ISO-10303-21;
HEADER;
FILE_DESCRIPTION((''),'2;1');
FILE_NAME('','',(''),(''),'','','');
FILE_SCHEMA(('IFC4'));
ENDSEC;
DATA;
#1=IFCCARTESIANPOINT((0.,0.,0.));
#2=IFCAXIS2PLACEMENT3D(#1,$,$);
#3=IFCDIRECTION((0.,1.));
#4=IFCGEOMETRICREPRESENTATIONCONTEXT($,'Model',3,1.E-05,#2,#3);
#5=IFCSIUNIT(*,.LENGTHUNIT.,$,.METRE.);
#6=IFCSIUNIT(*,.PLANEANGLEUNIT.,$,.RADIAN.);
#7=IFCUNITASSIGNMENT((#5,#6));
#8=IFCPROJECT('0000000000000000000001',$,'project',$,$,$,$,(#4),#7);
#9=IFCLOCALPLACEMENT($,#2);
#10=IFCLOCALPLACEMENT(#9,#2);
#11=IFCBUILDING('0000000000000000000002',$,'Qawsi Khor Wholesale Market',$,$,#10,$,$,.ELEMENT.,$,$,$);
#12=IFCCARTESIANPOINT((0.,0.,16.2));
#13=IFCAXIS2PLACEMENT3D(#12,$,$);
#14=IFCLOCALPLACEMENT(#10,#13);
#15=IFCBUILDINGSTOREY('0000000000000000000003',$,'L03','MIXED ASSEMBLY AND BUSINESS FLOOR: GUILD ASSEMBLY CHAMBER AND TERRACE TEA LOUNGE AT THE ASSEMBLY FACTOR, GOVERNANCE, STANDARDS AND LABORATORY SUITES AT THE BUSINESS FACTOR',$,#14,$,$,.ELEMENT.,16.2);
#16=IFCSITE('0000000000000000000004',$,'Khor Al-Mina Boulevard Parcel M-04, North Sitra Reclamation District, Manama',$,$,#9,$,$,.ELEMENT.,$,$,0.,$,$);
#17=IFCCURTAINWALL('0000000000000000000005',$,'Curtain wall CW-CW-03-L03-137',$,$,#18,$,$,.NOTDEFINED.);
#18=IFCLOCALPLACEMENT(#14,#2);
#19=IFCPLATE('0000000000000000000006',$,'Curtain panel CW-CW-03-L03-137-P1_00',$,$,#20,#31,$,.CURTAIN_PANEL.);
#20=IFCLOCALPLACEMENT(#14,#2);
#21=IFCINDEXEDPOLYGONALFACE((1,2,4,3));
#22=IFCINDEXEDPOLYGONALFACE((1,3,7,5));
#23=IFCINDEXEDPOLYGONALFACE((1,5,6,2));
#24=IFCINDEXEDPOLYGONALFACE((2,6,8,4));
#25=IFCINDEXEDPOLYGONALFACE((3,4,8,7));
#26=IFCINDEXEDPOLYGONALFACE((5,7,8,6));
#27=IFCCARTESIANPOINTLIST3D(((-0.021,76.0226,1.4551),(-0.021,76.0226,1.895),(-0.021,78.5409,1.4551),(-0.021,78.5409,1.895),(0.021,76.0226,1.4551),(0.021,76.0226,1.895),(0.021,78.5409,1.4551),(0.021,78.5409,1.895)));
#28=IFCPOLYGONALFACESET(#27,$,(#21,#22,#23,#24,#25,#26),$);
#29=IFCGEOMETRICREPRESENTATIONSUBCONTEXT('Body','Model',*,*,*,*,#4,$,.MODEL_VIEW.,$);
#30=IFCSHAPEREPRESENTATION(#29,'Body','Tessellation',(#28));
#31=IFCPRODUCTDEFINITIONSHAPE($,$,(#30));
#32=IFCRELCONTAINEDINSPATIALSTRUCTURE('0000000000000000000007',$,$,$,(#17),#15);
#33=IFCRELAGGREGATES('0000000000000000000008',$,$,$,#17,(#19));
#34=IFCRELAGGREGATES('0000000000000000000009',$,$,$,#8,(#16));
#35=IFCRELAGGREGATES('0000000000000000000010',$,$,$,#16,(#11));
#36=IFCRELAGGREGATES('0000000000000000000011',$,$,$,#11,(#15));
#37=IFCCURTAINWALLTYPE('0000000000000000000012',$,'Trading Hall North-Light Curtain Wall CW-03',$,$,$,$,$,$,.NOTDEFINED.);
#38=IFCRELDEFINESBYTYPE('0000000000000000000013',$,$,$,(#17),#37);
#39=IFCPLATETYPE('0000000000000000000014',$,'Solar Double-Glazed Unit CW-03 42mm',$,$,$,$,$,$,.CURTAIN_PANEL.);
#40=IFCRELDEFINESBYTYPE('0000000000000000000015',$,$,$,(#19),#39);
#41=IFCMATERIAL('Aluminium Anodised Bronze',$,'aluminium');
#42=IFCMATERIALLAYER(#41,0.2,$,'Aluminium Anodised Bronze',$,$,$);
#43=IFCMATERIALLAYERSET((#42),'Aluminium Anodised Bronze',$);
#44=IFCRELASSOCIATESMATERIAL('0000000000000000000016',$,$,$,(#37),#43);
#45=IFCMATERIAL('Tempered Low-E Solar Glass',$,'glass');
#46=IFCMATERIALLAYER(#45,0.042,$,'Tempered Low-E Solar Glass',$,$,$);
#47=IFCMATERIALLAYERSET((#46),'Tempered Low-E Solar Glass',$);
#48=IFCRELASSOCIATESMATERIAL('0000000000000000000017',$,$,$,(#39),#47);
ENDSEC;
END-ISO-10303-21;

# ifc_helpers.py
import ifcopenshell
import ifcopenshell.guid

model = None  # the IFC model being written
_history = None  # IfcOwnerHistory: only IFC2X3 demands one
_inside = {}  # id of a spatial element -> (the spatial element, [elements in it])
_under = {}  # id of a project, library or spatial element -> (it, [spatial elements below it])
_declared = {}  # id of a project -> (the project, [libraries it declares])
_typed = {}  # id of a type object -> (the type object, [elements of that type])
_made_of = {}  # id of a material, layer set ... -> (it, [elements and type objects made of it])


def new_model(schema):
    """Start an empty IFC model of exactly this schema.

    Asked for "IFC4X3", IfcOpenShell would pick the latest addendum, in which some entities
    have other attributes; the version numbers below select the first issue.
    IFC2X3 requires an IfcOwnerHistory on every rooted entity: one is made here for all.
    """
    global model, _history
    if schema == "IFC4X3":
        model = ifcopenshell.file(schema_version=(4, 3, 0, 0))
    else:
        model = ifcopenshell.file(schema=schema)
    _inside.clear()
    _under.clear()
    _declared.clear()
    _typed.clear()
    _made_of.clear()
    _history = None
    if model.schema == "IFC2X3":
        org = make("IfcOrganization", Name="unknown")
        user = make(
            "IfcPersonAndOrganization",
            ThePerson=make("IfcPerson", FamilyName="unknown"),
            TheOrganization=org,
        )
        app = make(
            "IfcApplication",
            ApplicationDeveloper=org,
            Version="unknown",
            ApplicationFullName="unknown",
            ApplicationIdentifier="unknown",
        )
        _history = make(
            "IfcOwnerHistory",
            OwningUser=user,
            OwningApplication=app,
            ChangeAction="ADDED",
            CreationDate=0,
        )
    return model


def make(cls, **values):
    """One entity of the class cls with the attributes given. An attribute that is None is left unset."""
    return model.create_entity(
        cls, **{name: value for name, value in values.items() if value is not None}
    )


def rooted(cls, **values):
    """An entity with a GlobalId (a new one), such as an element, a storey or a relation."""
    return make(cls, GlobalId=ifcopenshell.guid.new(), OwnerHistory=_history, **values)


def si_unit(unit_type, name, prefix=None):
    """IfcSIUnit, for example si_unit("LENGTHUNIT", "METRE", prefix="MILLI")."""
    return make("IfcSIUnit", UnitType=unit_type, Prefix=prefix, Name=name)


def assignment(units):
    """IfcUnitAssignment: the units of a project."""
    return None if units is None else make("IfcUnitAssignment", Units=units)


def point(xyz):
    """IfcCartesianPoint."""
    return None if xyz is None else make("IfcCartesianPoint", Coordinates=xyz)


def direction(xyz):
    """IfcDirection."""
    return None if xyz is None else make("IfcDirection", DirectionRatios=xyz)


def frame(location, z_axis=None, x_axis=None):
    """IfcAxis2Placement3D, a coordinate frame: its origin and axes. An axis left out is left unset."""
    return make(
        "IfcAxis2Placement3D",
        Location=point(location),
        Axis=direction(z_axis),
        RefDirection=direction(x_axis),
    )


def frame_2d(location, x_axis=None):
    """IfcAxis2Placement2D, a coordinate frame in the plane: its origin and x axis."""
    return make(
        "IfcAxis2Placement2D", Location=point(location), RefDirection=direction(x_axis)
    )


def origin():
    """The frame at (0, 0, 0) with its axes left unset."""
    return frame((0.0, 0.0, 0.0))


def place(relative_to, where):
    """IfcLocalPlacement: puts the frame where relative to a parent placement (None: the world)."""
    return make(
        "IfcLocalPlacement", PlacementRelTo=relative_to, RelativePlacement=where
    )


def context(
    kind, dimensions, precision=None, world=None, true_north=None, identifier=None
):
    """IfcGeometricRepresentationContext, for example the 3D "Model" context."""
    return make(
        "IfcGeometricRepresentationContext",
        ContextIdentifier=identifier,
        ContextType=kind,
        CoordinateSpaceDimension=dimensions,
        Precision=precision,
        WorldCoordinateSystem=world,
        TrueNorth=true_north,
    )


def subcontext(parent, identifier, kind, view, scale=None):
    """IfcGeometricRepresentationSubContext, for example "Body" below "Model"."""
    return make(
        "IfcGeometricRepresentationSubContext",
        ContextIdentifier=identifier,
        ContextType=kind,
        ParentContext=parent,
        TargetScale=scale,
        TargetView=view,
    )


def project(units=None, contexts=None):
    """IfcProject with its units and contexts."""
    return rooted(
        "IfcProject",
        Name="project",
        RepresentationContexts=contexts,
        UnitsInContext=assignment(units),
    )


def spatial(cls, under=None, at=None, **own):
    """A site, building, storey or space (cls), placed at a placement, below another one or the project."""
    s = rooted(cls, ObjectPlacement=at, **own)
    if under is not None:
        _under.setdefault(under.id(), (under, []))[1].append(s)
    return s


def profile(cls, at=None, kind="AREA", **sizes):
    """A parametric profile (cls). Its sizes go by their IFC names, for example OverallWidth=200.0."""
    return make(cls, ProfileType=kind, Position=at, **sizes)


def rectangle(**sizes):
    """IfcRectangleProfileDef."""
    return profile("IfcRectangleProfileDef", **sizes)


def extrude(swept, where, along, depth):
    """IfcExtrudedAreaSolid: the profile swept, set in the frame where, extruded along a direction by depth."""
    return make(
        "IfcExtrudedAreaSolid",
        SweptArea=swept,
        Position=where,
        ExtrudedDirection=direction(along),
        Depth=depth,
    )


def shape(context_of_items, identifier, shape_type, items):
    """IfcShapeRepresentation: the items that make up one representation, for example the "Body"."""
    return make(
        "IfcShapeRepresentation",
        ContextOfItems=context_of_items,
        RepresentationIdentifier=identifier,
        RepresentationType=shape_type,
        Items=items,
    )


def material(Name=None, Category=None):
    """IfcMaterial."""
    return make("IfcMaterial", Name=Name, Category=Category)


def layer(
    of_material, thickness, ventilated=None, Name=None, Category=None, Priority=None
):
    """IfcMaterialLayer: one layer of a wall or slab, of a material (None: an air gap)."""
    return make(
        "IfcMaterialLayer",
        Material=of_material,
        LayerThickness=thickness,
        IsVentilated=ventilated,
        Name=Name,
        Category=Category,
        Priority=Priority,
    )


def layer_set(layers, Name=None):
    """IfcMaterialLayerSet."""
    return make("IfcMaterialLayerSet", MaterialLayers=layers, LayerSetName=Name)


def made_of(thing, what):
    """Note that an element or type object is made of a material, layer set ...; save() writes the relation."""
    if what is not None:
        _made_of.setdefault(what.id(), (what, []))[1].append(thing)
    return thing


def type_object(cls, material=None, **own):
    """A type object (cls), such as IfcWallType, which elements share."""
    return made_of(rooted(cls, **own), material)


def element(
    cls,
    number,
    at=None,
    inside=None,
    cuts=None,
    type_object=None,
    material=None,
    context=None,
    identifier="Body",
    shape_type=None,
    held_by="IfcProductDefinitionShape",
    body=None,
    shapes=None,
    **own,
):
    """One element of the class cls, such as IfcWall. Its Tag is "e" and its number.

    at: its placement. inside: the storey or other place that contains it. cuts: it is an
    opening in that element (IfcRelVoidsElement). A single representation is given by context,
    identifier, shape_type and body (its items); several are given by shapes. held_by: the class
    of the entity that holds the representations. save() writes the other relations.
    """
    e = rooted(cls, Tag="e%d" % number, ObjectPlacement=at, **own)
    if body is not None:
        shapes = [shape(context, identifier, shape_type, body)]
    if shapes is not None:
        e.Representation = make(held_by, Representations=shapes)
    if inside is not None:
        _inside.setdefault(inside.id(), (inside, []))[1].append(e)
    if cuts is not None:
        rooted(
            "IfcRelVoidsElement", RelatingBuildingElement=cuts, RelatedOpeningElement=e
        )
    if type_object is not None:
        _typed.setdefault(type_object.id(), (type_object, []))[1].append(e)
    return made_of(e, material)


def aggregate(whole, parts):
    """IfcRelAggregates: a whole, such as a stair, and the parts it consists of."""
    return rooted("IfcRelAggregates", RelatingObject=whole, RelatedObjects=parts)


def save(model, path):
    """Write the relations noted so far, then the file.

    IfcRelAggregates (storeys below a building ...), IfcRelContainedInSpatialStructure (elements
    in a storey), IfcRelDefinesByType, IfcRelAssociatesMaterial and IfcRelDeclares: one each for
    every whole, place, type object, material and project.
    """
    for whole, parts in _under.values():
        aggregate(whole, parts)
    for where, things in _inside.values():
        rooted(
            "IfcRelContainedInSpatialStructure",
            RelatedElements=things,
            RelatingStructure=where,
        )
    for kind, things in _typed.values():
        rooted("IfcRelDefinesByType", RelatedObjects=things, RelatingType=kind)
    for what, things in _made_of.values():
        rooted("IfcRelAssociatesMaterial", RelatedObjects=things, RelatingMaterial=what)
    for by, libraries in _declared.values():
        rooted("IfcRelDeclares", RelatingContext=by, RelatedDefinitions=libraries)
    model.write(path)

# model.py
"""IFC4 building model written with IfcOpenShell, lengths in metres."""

from ifc_helpers import new_model, si_unit, direction, frame, frame_2d, origin, place, context, subcontext, project, spatial, rectangle, extrude, material, layer, layer_set, type_object, element, aggregate, save


model = new_model("IFC4")

# Units and contexts
model_context = context("Model", 3, precision=1e-05, world=origin(), true_north=direction((0.0, 1.0)))
body_context = subcontext(model_context, "Body", "Model", "MODEL_VIEW")
ifc_project = project(units=[si_unit("LENGTHUNIT", "METRE"), si_unit("PLANEANGLEUNIT", "RADIAN")], contexts=[model_context])

# Site, building, storey
site_placement = place(None, origin())
site = spatial("IfcSite", under=ifc_project, at=site_placement, Name="Khor Al-Mina Boulevard Parcel M-04, North Sitra Reclamation District, Manama", CompositionType="ELEMENT", RefElevation=0.0)
building_placement = place(site_placement, origin())
building = spatial("IfcBuilding", under=site, at=building_placement, Name="Qawsi Khor Wholesale Market", CompositionType="ELEMENT")
storey_placement = place(building_placement, frame((0.0, 0.0, 16.2)))
storey = spatial("IfcBuildingStorey", under=building, at=storey_placement, Name="L03", Description="MIXED ASSEMBLY AND BUSINESS FLOOR: GUILD ASSEMBLY CHAMBER AND TERRACE TEA LOUNGE AT THE ASSEMBLY FACTOR, GOVERNANCE, STANDARDS AND LABORATORY SUITES AT THE BUSINESS FACTOR", CompositionType="ELEMENT", Elevation=16.2)

# Curtain wall
ifc_material_1 = material(Name="Aluminium Anodised Bronze", Category="aluminium")
ifc_layer_1 = layer(ifc_material_1, 0.2, Name="Aluminium Anodised Bronze")
ifc_layer_set_1 = layer_set([ifc_layer_1], Name="Aluminium Anodised Bronze")
curtain_wall_type = type_object("IfcCurtainWallType", Name="Trading Hall North-Light Curtain Wall CW-03", PredefinedType="NOTDEFINED", material=ifc_layer_set_1)
curtain_wall_1_placement = place(storey_placement, origin())
curtain_wall_1 = element("IfcCurtainWall", 1, at=curtain_wall_1_placement, inside=storey, type_object=curtain_wall_type, Name="Curtain wall CW-CW-03-L03-137", PredefinedType="NOTDEFINED")

# Plate
ifc_material_2 = material(Name="Tempered Low-E Solar Glass", Category="glass")
ifc_layer_2 = layer(ifc_material_2, 0.042, Name="Tempered Low-E Solar Glass")
ifc_layer_set_2 = layer_set([ifc_layer_2], Name="Tempered Low-E Solar Glass")
plate_type = type_object("IfcPlateType", Name="Solar Double-Glazed Unit CW-03 42mm", PredefinedType="CURTAIN_PANEL", material=ifc_layer_set_2)
plate_1_placement = place(storey_placement, frame((0.0, 76.0225, 1.4551), z_axis=(0.0, 0.0, 1.0), x_axis=(0.0, 1.0, 0.0)))
plate_1 = element("IfcPlate", 2, at=plate_1_placement, type_object=plate_type, Name="Curtain panel CW-CW-03-L03-137-P1_00", PredefinedType="CURTAIN_PANEL", context=body_context, shape_type="SweptSolid", body=[
    extrude(rectangle(XDim=2.5183, YDim=0.042, at=frame_2d((1.2593, 0.0))), origin(), (0.0, 0.0, 1.0), 0.4399),
])
aggregate(curtain_wall_1, [plate_1])

save(model, "model.ifc")
